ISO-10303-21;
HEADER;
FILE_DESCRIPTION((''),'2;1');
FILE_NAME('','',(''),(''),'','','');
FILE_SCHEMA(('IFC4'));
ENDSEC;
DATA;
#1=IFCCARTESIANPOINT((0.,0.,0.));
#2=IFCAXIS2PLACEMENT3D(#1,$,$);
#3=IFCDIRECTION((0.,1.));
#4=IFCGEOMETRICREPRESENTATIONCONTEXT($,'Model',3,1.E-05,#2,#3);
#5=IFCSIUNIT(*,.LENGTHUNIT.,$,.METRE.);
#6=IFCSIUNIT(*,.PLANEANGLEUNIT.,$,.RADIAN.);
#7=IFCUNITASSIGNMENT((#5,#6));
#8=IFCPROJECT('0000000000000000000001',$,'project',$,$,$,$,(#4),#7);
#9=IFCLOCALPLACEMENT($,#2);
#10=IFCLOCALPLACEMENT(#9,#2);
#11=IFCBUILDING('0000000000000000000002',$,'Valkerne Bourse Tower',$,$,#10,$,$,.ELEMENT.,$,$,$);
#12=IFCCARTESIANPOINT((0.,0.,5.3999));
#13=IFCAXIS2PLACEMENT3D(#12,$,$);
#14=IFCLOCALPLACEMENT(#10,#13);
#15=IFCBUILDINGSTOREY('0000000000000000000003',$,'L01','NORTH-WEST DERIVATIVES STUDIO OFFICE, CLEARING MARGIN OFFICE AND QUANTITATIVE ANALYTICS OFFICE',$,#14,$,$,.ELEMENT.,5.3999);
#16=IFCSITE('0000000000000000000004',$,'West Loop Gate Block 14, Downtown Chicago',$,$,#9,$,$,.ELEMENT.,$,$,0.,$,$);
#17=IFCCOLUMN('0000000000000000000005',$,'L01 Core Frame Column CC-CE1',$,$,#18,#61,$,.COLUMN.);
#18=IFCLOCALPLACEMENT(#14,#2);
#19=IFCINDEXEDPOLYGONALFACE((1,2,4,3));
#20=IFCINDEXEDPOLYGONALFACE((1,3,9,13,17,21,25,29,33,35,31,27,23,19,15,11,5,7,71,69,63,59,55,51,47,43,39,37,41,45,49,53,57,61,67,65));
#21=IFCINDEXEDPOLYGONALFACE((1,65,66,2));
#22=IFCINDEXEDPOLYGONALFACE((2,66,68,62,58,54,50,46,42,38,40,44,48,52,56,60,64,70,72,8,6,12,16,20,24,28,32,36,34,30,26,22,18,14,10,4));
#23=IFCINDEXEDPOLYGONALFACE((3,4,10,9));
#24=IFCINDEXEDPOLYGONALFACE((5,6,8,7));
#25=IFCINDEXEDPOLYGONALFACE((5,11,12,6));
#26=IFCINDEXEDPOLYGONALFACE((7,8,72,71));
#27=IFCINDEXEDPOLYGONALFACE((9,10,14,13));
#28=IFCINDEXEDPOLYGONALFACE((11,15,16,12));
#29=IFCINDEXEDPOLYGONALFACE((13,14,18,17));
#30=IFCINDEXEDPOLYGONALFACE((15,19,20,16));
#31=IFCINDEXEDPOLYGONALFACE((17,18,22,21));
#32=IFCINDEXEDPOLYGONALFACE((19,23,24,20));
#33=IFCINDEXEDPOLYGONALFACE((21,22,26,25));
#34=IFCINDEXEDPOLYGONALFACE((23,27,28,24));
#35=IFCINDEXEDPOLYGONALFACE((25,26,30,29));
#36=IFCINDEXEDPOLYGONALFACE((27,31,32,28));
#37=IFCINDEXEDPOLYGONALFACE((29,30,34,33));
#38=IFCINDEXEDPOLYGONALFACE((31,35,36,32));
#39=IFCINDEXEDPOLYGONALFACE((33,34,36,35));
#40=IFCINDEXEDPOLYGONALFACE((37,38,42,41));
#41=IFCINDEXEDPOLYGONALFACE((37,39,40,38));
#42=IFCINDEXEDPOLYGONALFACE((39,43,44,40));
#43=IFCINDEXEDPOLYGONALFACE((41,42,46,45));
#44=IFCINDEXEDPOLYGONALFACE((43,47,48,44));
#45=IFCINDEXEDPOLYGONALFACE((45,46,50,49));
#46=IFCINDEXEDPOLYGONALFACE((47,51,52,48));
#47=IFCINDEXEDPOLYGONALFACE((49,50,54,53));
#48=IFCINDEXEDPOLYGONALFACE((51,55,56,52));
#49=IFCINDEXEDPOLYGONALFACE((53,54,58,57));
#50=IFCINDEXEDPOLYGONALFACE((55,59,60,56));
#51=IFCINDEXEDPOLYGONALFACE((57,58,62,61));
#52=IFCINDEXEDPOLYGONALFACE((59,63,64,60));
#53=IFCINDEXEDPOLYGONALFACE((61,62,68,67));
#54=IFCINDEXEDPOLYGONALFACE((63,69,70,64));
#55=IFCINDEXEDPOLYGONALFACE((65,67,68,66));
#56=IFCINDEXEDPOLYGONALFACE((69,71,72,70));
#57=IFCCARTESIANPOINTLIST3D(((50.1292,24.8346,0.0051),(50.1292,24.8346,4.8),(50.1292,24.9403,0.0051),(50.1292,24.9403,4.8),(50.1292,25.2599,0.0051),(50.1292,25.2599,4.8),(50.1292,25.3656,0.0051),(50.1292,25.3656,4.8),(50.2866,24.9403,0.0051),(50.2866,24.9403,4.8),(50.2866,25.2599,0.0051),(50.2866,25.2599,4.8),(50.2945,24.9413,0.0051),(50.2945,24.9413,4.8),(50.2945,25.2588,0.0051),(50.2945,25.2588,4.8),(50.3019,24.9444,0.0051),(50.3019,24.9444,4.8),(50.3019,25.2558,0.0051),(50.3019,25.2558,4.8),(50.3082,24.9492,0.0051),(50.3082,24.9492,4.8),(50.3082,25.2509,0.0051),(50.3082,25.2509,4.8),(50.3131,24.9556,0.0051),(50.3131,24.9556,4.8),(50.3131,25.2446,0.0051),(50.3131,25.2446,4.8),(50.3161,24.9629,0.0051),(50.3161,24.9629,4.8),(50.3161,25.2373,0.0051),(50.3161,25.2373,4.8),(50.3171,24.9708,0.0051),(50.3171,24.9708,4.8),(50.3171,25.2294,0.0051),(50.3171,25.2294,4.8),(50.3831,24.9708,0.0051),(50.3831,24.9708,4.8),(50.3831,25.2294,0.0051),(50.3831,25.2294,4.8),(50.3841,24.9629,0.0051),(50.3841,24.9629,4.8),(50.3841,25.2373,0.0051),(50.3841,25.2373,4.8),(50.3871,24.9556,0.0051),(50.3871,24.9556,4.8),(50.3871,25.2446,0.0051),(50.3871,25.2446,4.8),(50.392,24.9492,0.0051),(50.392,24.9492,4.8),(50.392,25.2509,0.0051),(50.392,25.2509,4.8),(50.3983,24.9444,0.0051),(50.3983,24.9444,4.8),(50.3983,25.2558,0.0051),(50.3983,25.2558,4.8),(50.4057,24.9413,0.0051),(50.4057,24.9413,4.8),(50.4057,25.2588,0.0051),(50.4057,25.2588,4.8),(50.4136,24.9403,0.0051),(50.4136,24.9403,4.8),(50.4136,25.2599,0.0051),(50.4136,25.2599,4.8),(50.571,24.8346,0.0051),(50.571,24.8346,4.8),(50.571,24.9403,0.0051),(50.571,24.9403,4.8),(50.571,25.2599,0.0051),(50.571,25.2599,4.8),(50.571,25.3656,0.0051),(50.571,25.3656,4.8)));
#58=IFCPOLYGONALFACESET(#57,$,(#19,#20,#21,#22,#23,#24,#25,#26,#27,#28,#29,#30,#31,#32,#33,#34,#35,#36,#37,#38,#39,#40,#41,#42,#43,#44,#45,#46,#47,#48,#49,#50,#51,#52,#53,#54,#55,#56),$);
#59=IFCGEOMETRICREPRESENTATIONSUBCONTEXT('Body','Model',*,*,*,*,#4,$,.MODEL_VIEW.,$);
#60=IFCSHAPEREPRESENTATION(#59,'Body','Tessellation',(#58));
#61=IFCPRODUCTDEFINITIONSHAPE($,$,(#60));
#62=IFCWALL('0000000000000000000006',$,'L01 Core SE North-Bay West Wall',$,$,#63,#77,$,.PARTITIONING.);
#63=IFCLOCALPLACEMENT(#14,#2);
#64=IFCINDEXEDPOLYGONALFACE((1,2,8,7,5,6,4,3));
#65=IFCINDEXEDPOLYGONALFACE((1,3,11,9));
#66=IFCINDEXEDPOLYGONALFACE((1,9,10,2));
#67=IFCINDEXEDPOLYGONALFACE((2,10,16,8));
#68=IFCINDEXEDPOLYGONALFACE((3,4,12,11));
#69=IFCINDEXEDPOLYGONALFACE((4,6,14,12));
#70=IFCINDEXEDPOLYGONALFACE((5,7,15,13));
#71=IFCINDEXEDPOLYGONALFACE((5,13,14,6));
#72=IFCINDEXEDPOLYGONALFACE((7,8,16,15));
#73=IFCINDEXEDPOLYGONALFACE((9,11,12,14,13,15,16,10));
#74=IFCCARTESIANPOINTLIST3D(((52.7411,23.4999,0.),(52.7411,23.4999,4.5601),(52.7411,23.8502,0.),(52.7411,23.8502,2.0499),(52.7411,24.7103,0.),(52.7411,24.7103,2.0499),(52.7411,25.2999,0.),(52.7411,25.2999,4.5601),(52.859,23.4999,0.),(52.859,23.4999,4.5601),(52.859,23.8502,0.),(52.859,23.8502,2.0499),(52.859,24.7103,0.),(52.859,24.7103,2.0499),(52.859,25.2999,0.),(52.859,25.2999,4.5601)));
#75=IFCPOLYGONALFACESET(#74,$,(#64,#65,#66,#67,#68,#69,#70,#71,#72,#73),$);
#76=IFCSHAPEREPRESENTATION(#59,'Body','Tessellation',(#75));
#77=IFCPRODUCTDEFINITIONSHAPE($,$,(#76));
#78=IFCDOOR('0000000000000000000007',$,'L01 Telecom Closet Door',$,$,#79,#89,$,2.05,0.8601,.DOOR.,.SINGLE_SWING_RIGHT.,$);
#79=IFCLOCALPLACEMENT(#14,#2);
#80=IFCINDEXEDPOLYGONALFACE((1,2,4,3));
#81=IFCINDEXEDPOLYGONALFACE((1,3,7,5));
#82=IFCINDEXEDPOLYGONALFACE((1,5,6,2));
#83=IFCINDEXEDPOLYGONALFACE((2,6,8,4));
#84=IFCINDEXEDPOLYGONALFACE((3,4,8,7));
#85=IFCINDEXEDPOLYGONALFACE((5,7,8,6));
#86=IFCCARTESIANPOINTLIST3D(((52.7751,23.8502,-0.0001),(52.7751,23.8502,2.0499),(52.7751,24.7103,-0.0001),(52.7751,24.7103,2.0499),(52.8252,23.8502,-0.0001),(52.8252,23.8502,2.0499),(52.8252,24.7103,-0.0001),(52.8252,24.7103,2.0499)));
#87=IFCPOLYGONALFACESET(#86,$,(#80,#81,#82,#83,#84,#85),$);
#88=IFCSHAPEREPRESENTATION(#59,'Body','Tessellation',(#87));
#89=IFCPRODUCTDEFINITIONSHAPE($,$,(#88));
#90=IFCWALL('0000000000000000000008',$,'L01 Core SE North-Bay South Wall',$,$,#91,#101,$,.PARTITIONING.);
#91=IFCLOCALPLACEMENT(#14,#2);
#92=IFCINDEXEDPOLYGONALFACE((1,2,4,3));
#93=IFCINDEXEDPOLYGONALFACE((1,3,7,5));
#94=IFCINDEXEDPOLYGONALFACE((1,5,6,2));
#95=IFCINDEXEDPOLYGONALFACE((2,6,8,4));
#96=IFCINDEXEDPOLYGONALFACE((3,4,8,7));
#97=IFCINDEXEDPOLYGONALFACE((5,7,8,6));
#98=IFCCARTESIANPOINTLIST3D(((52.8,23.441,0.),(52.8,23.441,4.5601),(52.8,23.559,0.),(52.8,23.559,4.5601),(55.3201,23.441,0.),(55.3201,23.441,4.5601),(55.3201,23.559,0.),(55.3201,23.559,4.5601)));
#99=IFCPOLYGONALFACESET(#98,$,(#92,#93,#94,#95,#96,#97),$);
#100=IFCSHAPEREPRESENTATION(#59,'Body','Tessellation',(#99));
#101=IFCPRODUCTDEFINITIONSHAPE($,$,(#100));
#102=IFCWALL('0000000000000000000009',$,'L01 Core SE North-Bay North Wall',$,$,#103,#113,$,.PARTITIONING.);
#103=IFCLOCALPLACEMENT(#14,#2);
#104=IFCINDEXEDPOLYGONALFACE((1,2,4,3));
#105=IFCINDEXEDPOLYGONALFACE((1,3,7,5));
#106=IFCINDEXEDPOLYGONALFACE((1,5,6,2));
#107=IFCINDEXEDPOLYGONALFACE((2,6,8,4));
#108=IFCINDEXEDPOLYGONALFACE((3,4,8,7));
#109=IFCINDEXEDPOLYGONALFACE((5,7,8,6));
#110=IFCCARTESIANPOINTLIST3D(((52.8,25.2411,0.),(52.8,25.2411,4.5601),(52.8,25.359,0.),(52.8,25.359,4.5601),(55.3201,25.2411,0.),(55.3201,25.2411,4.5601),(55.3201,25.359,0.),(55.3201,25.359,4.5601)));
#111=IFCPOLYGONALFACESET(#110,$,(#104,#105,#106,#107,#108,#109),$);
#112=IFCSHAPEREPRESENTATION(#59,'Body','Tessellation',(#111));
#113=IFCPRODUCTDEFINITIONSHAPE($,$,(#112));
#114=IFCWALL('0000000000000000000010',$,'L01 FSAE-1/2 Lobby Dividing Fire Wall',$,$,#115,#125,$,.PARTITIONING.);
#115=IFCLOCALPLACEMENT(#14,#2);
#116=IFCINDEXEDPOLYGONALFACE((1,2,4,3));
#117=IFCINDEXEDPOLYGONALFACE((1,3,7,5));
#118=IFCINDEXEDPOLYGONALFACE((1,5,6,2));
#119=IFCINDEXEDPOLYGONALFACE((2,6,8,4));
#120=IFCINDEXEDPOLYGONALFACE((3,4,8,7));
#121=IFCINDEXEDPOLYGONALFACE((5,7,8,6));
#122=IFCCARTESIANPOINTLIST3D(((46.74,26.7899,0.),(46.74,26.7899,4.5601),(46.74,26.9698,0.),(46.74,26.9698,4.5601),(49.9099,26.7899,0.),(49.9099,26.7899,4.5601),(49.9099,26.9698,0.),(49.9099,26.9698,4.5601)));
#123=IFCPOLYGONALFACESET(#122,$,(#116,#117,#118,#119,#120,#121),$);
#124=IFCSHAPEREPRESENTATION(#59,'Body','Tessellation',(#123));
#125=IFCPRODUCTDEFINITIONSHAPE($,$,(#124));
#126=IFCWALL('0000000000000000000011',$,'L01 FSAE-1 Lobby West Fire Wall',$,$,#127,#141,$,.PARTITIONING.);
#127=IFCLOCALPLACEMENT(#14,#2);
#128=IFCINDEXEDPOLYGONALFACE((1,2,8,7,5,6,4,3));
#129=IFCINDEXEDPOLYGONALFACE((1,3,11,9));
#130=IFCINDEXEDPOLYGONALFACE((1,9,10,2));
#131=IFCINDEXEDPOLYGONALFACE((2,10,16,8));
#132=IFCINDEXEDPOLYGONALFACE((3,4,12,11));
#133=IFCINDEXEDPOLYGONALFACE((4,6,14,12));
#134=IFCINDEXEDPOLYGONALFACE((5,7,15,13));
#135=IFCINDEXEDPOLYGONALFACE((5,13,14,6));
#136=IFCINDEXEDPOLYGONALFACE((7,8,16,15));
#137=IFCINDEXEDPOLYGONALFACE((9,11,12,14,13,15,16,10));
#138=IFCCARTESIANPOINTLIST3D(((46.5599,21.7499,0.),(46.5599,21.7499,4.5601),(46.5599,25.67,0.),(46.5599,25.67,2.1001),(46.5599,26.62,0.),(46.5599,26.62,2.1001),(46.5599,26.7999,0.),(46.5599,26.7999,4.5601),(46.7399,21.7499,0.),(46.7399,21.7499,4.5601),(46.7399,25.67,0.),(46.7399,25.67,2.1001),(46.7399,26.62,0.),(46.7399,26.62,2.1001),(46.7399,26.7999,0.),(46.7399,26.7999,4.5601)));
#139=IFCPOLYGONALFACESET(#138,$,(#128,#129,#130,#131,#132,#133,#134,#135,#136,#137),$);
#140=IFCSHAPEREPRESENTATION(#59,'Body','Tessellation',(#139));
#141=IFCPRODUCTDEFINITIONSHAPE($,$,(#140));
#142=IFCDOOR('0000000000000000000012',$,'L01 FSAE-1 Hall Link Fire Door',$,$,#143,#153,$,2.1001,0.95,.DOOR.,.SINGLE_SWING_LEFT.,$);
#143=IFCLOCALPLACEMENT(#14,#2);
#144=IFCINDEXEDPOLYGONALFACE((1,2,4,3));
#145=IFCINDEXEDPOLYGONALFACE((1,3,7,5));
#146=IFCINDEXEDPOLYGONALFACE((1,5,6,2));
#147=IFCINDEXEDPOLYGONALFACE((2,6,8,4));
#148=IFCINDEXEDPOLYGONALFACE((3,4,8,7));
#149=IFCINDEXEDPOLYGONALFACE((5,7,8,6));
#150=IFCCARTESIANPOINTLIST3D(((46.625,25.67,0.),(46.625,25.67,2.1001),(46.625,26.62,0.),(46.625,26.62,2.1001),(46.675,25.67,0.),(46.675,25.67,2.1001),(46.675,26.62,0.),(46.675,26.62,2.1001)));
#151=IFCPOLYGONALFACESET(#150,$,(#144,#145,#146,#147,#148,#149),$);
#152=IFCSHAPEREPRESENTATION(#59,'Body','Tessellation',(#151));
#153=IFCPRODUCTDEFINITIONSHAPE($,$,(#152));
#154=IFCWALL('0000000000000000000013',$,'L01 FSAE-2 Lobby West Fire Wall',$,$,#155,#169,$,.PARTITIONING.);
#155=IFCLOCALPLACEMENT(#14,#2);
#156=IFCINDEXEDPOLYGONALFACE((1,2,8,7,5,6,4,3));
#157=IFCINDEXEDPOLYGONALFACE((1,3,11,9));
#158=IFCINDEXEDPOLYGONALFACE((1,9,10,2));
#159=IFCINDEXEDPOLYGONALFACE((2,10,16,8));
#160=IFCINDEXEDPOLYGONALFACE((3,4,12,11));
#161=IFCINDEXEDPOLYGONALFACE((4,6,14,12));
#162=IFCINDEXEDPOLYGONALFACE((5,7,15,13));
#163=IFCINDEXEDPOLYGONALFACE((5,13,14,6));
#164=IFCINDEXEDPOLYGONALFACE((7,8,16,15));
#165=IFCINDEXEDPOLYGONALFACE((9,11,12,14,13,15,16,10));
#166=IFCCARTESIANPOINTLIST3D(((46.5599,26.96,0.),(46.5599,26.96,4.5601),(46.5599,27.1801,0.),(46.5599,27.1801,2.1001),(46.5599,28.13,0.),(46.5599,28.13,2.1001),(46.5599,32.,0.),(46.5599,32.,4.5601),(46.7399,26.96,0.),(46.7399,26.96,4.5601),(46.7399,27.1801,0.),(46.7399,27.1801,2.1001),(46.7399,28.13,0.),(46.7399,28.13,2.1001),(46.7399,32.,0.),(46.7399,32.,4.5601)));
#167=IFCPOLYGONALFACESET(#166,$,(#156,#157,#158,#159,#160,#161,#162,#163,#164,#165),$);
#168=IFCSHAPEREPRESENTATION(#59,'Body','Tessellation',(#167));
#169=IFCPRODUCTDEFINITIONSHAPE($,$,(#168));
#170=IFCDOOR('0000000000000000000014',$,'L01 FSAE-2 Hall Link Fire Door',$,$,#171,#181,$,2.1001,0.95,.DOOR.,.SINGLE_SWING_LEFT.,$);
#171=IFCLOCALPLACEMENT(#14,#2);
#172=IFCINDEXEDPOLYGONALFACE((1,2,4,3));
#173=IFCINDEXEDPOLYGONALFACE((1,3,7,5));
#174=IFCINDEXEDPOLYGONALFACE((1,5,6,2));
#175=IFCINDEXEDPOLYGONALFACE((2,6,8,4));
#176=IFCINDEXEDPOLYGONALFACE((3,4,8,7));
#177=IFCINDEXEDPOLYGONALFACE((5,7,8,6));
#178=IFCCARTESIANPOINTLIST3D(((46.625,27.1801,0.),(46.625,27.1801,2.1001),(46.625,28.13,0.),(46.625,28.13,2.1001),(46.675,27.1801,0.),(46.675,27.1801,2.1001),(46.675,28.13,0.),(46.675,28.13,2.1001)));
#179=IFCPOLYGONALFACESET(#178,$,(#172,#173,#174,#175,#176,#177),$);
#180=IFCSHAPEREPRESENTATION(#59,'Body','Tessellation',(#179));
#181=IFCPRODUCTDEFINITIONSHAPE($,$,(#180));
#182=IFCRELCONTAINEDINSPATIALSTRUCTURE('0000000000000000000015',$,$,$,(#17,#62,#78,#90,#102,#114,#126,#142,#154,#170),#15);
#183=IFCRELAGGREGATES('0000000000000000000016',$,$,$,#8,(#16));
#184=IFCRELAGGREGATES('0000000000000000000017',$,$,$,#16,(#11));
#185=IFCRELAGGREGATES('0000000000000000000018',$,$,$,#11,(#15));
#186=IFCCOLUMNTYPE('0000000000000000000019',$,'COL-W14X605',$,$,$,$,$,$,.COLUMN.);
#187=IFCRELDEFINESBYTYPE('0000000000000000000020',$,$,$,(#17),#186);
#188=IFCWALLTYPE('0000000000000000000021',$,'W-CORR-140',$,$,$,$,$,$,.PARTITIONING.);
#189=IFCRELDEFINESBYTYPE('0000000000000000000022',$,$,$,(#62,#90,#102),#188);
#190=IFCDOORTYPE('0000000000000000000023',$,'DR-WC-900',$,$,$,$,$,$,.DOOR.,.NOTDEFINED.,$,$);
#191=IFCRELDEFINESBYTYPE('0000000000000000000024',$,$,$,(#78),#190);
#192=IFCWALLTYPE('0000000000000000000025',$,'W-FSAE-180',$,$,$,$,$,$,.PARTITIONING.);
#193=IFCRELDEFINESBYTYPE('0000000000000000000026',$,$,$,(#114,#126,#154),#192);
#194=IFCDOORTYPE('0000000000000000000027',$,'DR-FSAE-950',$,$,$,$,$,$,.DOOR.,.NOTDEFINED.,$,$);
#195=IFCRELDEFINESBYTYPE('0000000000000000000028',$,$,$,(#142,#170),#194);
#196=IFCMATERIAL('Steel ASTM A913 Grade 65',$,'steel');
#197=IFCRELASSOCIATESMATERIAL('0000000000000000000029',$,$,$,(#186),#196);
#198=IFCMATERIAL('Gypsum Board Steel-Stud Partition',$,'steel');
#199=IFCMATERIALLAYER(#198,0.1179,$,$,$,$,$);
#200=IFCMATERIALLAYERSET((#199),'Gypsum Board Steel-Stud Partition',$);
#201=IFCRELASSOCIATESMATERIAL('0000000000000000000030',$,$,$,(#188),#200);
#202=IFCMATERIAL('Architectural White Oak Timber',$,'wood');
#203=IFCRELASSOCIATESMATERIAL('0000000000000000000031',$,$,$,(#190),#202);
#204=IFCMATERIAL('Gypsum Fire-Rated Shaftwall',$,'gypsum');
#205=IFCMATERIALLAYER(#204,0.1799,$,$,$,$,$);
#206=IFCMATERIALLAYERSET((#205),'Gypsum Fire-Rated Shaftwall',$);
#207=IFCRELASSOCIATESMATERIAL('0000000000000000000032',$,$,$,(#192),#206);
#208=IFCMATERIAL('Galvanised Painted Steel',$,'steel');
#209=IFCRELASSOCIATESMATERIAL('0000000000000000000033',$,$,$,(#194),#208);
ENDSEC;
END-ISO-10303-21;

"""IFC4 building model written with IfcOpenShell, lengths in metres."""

from ifc_helpers import new_model, si_unit, direction, frame, frame_2d, origin, origin_2d, place, context, subcontext, project, spatial, rectangle, i_section, extrude, material, layer, layer_set, material_profile, profile_set, type_object, element, fill, save


model = new_model("IFC4")

# Units and contexts
model_context = context("Model", 3, precision=1e-05, world=origin(), true_north=direction((0.0, 1.0)))
body_context = subcontext(model_context, "Body", "Model", "MODEL_VIEW")
ifc_project = project(units=[si_unit("LENGTHUNIT", "METRE"), si_unit("PLANEANGLEUNIT", "RADIAN")], contexts=[model_context])

# Site, building, storey
site_placement = place(None, origin())
site = spatial("IfcSite", under=ifc_project, at=site_placement, Name="West Loop Gate Block 14, Downtown Chicago", CompositionType="ELEMENT", RefElevation=0.0)
building_placement = place(site_placement, origin())
building = spatial("IfcBuilding", under=site, at=building_placement, Name="Valkerne Bourse Tower", CompositionType="ELEMENT")
storey_placement = place(building_placement, frame((0.0, 0.0, 5.3999)))
storey = spatial("IfcBuildingStorey", under=building, at=storey_placement, Name="L01", Description="NORTH-WEST DERIVATIVES STUDIO OFFICE, CLEARING MARGIN OFFICE AND QUANTITATIVE ANALYTICS OFFICE", CompositionType="ELEMENT", Elevation=5.3999)

# Column
ifc_material_1 = material(Name="Steel ASTM A913 Grade 65", Category="steel")
ifc_material_profile = material_profile(ifc_material_1, i_section(OverallWidth=0.4419, OverallDepth=0.531, WebThickness=0.0659, FlangeThickness=0.1057, FilletRadius=0.0305, at=origin_2d()), Name="W14X605")
ifc_profile_set = profile_set([ifc_material_profile], Name="Steel ASTM A913 Grade 65")
column_type = type_object("IfcColumnType", Name="COL-W14X605", PredefinedType="COLUMN", material=ifc_profile_set)
column_placement = place(storey_placement, frame((50.3501, 25.1001, 0.0051), z_axis=(0.0, 0.0, 1.0), x_axis=(1.0, 0.0, 0.0)))
element("IfcColumn", 1, at=column_placement, inside=storey, type_object=column_type, Name="L01 Core Frame Column CC-CE1", PredefinedType="COLUMN", context=body_context, shape_type="SweptSolid", body=[
    extrude(i_section(OverallWidth=0.4419, OverallDepth=0.531, WebThickness=0.0659, FlangeThickness=0.1057, FilletRadius=0.0305, at=origin_2d()), origin(), (0.0, 0.0, 1.0), 4.7949),
])

# Wall, opening, door
ifc_material_2 = material(Name="Gypsum Board Steel-Stud Partition", Category="steel")
ifc_layer_1 = layer(ifc_material_2, 0.1179)
ifc_layer_set_1 = layer_set([ifc_layer_1], Name="Gypsum Board Steel-Stud Partition")
wall_type_1 = type_object("IfcWallType", Name="W-CORR-140", PredefinedType="PARTITIONING", material=ifc_layer_set_1)
wall_1_placement = place(storey_placement, frame((52.8, 23.5, 0.0), z_axis=(0.0, 0.0, 1.0), x_axis=(0.0, 1.0, 0.0)))
wall_1 = element("IfcWall", 2, at=wall_1_placement, inside=storey, type_object=wall_type_1, Name="L01 Core SE North-Bay West Wall", PredefinedType="PARTITIONING", context=body_context, shape_type="SweptSolid", body=[
    extrude(rectangle(XDim=1.8, YDim=0.1179, at=frame_2d((0.8999, 0.0))), origin(), (0.0, 0.0, 1.0), 4.5601),
])
opening_1_placement = place(wall_1_placement, frame((0.3501, 0.0, 0.0)))
opening_1 = element("IfcOpeningElement", 3, at=opening_1_placement, cuts=wall_1, PredefinedType="OPENING", context=body_context, shape_type="SweptSolid", body=[
    extrude(rectangle(XDim=0.8601, YDim=2.05, at=frame_2d((0.4302, 1.0249))), frame((0.0, 0.0688, 0.0), z_axis=(0.0, -1.0, 0.0), x_axis=(1.0, 0.0, 0.0)), (0.0, 0.0, 1.0), 0.1379),
])
ifc_material_3 = material(Name="Architectural White Oak Timber", Category="wood")
door_type_1 = type_object("IfcDoorType", Name="DR-WC-900", OperationType="NOTDEFINED", PredefinedType="DOOR", material=ifc_material_3)
door_1_placement = place(opening_1_placement, origin())
door_1 = element("IfcDoor", 4, at=door_1_placement, inside=storey, type_object=door_type_1, Name="L01 Telecom Closet Door", OperationType="SINGLE_SWING_RIGHT", OverallHeight=2.05, OverallWidth=0.8601, PredefinedType="DOOR", context=body_context, shape_type="SweptSolid", body=[
    extrude(rectangle(XDim=0.8601, YDim=2.05, at=frame_2d((0.4302, 1.0249))), frame((0.0, 0.0249, 0.0), z_axis=(0.0, -1.0, 0.0), x_axis=(1.0, 0.0, 0.0)), (0.0, 0.0, 1.0), 0.05),
])
fill(opening_1, door_1)

# Walls
for number, where, z_axis, x_axis, name in (
    (5, (52.8, 23.5, 0.0), (0.0, 0.0, 1.0), (1.0, 0.0, 0.0), "L01 Core SE North-Bay South Wall"),
    (6, (52.8, 25.3, 0.0), (0.0, 0.0, 1.0), (1.0, 0.0, 0.0), "L01 Core SE North-Bay North Wall"),
):
    element("IfcWall", number, at=place(storey_placement, frame(where, z_axis=z_axis, x_axis=x_axis)), inside=storey, type_object=wall_type_1, Name=name, PredefinedType="PARTITIONING", context=body_context, shape_type="SweptSolid", body=[
        extrude(rectangle(XDim=2.52, YDim=0.1179, at=frame_2d((1.26, 0.0))), origin(), (0.0, 0.0, 1.0), 4.5601),
    ])
ifc_material_4 = material(Name="Gypsum Fire-Rated Shaftwall", Category="gypsum")
ifc_layer_2 = layer(ifc_material_4, 0.1799)
ifc_layer_set_2 = layer_set([ifc_layer_2], Name="Gypsum Fire-Rated Shaftwall")
wall_type_2 = type_object("IfcWallType", Name="W-FSAE-180", PredefinedType="PARTITIONING", material=ifc_layer_set_2)
wall_2_placement = place(storey_placement, frame((46.74, 26.8799, 0.0), z_axis=(0.0, 0.0, 1.0), x_axis=(1.0, 0.0, 0.0)))
element("IfcWall", 7, at=wall_2_placement, inside=storey, type_object=wall_type_2, Name="L01 FSAE-1/2 Lobby Dividing Fire Wall", PredefinedType="PARTITIONING", context=body_context, shape_type="SweptSolid", body=[
    extrude(rectangle(XDim=3.1699, YDim=0.1799, at=frame_2d((1.585, 0.0))), origin(), (0.0, 0.0, 1.0), 4.5601),
])

# Walls, openings, doors
wall_3_placement = place(storey_placement, frame((46.6499, 21.75, 0.0), z_axis=(0.0, 0.0, 1.0), x_axis=(0.0, 1.0, 0.0)))
wall_3 = element("IfcWall", 8, at=wall_3_placement, inside=storey, type_object=wall_type_2, Name="L01 FSAE-1 Lobby West Fire Wall", PredefinedType="PARTITIONING", context=body_context, shape_type="SweptSolid", body=[
    extrude(rectangle(XDim=5.05, YDim=0.1799, at=frame_2d((2.5249, 0.0))), origin(), (0.0, 0.0, 1.0), 4.5601),
])
opening_2_placement = place(wall_3_placement, frame((3.9199, 0.0, 0.0)))
opening_2 = element("IfcOpeningElement", 9, at=opening_2_placement, cuts=wall_3, PredefinedType="OPENING", context=body_context, shape_type="SweptSolid", body=[
    extrude(rectangle(XDim=0.95, YDim=2.1001, at=frame_2d((0.4751, 1.05))), frame((0.0, 0.0999, 0.0), z_axis=(0.0, -1.0, 0.0), x_axis=(1.0, 0.0, 0.0)), (0.0, 0.0, 1.0), 0.2),
])
ifc_material_5 = material(Name="Galvanised Painted Steel", Category="steel")
door_type_2 = type_object("IfcDoorType", Name="DR-FSAE-950", OperationType="NOTDEFINED", PredefinedType="DOOR", material=ifc_material_5)
door_2_placement = place(opening_2_placement, origin())
door_2 = element("IfcDoor", 10, at=door_2_placement, inside=storey, type_object=door_type_2, Name="L01 FSAE-1 Hall Link Fire Door", OperationType="SINGLE_SWING_LEFT", OverallHeight=2.1001, OverallWidth=0.95, PredefinedType="DOOR", context=body_context, shape_type="SweptSolid", body=[
    extrude(rectangle(XDim=0.95, YDim=2.1001, at=frame_2d((0.4751, 1.05))), frame((0.0, 0.0249, 0.0), z_axis=(0.0, -1.0, 0.0), x_axis=(1.0, 0.0, 0.0)), (0.0, 0.0, 1.0), 0.05),
])
fill(opening_2, door_2)
wall_4_placement = place(storey_placement, frame((46.6499, 26.96, 0.0), z_axis=(0.0, 0.0, 1.0), x_axis=(0.0, 1.0, 0.0)))
wall_4 = element("IfcWall", 11, at=wall_4_placement, inside=storey, type_object=wall_type_2, Name="L01 FSAE-2 Lobby West Fire Wall", PredefinedType="PARTITIONING", context=body_context, shape_type="SweptSolid", body=[
    extrude(rectangle(XDim=5.04, YDim=0.1799, at=frame_2d((2.52, 0.0))), origin(), (0.0, 0.0, 1.0), 4.5601),
])
opening_3_placement = place(wall_4_placement, frame((0.22, 0.0, 0.0)))
opening_3 = element("IfcOpeningElement", 12, at=opening_3_placement, cuts=wall_4, PredefinedType="OPENING", context=body_context, shape_type="SweptSolid", body=[
    extrude(rectangle(XDim=0.95, YDim=2.1001, at=frame_2d((0.4751, 1.05))), frame((0.0, 0.0999, 0.0), z_axis=(0.0, -1.0, 0.0), x_axis=(1.0, 0.0, 0.0)), (0.0, 0.0, 1.0), 0.2),
])
door_3_placement = place(opening_3_placement, origin())
door_3 = element("IfcDoor", 13, at=door_3_placement, inside=storey, type_object=door_type_2, Name="L01 FSAE-2 Hall Link Fire Door", OperationType="SINGLE_SWING_LEFT", OverallHeight=2.1001, OverallWidth=0.95, PredefinedType="DOOR", context=body_context, shape_type="SweptSolid", body=[
    extrude(rectangle(XDim=0.95, YDim=2.1001, at=frame_2d((0.4751, 1.05))), frame((0.0, 0.0249, 0.0), z_axis=(0.0, -1.0, 0.0), x_axis=(1.0, 0.0, 0.0)), (0.0, 0.0, 1.0), 0.05),
])
fill(opening_3, door_3)

save(model, "model.ifc")
